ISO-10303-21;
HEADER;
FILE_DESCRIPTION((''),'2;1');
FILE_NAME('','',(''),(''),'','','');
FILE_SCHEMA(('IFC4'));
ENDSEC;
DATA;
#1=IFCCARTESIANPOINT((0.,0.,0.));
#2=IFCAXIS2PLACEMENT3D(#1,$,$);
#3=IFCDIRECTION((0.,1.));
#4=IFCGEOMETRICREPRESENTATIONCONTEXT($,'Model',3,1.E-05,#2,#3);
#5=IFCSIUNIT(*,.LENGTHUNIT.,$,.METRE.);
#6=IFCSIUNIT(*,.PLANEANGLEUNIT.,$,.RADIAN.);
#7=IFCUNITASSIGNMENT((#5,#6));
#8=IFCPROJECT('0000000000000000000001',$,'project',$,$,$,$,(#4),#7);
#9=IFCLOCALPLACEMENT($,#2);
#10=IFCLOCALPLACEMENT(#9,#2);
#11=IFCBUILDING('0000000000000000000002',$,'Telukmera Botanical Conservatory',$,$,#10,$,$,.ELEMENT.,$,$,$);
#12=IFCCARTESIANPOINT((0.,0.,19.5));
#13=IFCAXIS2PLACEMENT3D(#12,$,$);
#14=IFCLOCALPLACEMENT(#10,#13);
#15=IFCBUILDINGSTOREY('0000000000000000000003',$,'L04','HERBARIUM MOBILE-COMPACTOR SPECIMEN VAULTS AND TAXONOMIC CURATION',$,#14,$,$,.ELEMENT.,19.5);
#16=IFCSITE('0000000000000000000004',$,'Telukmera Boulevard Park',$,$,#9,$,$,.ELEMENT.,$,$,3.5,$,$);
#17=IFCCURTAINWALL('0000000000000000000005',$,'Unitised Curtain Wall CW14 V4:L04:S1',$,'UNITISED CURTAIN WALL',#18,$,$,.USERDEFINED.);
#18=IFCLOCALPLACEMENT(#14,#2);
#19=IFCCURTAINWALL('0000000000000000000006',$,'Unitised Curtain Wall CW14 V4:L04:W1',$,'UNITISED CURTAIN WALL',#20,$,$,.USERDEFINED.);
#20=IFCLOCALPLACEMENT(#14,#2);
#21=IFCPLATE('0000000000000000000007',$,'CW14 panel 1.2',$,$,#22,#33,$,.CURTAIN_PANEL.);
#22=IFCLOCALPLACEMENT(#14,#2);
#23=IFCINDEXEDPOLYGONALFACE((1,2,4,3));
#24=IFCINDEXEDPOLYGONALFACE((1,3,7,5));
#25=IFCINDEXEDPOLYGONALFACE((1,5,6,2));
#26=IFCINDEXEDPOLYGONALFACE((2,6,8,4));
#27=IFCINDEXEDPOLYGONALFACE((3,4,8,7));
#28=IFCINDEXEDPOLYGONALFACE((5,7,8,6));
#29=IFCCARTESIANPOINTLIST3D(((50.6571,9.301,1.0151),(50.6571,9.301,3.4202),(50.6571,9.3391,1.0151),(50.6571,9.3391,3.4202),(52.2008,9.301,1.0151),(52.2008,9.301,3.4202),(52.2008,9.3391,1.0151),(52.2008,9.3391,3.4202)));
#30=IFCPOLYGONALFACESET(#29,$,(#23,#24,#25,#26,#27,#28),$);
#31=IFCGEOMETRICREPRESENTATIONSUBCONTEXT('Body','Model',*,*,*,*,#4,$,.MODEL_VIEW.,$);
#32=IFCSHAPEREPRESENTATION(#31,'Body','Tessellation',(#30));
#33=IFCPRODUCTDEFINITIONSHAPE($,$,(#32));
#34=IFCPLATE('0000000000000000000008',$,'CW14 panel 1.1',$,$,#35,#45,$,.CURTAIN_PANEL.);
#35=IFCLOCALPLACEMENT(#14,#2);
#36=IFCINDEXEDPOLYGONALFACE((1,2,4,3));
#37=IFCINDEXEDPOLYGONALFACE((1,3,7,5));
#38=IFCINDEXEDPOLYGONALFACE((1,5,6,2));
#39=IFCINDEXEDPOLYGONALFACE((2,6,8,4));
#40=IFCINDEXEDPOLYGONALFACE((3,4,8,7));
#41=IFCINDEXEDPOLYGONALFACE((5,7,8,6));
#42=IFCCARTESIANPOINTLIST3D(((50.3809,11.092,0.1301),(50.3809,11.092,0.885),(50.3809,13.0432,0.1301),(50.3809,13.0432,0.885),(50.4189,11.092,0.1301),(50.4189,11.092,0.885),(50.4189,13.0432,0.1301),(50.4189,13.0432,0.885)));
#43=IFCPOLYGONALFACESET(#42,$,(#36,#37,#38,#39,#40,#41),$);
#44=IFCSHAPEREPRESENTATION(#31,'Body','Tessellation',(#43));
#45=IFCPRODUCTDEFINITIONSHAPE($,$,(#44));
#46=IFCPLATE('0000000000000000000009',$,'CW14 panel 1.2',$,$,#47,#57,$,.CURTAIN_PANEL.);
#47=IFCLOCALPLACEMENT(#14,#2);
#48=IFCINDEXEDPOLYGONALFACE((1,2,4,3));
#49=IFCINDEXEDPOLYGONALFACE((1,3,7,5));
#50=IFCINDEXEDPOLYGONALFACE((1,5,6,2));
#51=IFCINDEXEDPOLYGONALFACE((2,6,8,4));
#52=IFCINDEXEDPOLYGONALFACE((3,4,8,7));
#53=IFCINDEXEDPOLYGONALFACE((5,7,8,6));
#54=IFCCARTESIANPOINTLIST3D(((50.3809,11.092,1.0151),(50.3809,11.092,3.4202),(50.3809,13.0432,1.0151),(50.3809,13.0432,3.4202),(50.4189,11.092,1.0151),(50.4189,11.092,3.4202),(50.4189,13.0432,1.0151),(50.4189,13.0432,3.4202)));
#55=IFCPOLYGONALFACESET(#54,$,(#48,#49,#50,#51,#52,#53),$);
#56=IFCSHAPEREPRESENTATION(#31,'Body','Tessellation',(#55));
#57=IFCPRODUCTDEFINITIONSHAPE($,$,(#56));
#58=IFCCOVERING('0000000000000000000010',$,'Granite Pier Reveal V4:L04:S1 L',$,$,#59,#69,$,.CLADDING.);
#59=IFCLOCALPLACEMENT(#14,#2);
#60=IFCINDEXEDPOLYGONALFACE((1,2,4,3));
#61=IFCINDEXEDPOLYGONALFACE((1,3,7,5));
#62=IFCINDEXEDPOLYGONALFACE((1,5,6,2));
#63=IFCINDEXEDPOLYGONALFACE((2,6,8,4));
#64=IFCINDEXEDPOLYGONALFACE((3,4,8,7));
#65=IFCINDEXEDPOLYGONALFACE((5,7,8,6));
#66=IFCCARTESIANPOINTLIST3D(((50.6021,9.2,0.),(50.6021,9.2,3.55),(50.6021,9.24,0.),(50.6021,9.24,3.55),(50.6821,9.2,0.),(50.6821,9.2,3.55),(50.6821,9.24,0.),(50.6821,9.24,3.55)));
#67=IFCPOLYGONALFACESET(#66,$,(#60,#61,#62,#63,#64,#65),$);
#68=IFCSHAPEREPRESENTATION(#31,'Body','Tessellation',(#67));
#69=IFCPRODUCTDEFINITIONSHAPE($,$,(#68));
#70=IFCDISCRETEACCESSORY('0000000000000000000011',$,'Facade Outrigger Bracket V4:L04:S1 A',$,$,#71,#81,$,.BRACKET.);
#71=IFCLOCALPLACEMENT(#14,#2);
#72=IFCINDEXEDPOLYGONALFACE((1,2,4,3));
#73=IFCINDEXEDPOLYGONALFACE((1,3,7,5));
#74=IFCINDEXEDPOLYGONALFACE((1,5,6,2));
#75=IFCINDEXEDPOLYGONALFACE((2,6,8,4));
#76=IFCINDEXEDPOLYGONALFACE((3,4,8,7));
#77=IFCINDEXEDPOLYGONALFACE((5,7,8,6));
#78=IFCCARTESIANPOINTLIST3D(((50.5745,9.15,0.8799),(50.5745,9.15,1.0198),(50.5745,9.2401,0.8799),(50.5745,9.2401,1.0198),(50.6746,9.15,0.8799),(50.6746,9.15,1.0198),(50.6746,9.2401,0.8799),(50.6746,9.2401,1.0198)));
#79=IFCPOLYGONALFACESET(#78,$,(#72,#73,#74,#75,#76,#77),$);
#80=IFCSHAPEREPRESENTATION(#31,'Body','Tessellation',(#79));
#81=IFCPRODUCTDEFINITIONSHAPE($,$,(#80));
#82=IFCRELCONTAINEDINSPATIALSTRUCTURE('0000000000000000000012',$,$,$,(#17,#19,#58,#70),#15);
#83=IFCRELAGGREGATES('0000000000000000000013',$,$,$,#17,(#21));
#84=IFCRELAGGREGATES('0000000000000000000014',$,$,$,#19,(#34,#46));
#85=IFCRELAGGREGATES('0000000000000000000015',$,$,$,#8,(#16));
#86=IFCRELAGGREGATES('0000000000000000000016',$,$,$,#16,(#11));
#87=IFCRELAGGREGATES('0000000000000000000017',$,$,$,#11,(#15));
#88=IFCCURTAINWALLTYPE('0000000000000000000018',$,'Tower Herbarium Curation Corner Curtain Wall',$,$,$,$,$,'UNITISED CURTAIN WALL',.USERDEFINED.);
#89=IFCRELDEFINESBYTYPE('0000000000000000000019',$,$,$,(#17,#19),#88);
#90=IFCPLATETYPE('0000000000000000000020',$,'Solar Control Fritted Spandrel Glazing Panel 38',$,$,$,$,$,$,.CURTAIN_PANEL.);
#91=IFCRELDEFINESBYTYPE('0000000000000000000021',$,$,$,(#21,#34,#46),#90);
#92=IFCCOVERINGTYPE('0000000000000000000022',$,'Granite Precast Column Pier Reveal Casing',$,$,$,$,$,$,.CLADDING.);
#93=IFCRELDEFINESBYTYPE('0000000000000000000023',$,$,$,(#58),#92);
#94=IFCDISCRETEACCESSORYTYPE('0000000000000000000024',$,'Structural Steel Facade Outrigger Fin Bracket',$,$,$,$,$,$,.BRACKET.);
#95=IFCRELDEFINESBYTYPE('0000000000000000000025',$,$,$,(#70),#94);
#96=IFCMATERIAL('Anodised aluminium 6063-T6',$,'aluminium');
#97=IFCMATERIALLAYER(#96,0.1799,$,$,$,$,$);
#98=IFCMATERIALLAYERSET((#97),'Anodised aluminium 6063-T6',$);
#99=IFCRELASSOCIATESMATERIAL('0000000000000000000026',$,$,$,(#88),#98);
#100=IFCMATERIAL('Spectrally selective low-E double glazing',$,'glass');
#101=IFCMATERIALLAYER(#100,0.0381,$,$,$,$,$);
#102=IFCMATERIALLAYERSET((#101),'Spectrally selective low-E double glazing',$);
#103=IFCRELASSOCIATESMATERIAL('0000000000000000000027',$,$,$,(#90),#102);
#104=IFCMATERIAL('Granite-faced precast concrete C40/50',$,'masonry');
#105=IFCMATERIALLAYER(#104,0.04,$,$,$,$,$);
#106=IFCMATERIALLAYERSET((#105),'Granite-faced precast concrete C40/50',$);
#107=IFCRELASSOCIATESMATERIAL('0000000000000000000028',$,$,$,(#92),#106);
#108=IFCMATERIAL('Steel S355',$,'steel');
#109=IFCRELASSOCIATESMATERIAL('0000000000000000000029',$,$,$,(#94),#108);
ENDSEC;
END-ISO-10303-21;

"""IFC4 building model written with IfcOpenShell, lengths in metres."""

from ifc_helpers import new_model, si_unit, direction, frame, origin, origin_2d, place, context, subcontext, project, spatial, rectangle, extrude, material, layer, layer_set, type_object, element, aggregate, save


model = new_model("IFC4")

# Units and contexts
model_context = context("Model", 3, precision=1e-05, world=origin(), true_north=direction((0.0, 1.0)))
body_context = subcontext(model_context, "Body", "Model", "MODEL_VIEW")
ifc_project = project(units=[si_unit("LENGTHUNIT", "METRE"), si_unit("PLANEANGLEUNIT", "RADIAN")], contexts=[model_context])

# Site, building, storey
site_placement = place(None, origin())
site = spatial("IfcSite", under=ifc_project, at=site_placement, Name="Telukmera Boulevard Park", CompositionType="ELEMENT", RefElevation=3.5)
building_placement = place(site_placement, origin())
building = spatial("IfcBuilding", under=site, at=building_placement, Name="Telukmera Botanical Conservatory", CompositionType="ELEMENT")
storey_placement = place(building_placement, frame((0.0, 0.0, 19.5)))
storey = spatial("IfcBuildingStorey", under=building, at=storey_placement, Name="L04", Description="HERBARIUM MOBILE-COMPACTOR SPECIMEN VAULTS AND TAXONOMIC CURATION", CompositionType="ELEMENT", Elevation=19.5)

# Curtain walls
ifc_material_1 = material(Name="Anodised aluminium 6063-T6", Category="aluminium")
ifc_layer_1 = layer(ifc_material_1, 0.1799)
ifc_layer_set_1 = layer_set([ifc_layer_1], Name="Anodised aluminium 6063-T6")
curtain_wall_type = type_object("IfcCurtainWallType", Name="Tower Herbarium Curation Corner Curtain Wall", ElementType="UNITISED CURTAIN WALL", PredefinedType="USERDEFINED", material=ifc_layer_set_1)
curtain_wall_1_placement = place(storey_placement, origin())
curtain_wall_1 = element("IfcCurtainWall", 1, at=curtain_wall_1_placement, inside=storey, type_object=curtain_wall_type, Name="Unitised Curtain Wall CW14 V4:L04:S1", ObjectType="UNITISED CURTAIN WALL", PredefinedType="USERDEFINED")
curtain_wall_2_placement = place(storey_placement, origin())
curtain_wall_2 = element("IfcCurtainWall", 2, at=curtain_wall_2_placement, inside=storey, type_object=curtain_wall_type, Name="Unitised Curtain Wall CW14 V4:L04:W1", ObjectType="UNITISED CURTAIN WALL", PredefinedType="USERDEFINED")

# Plates
ifc_material_2 = material(Name="Spectrally selective low-E double glazing", Category="glass")
ifc_layer_2 = layer(ifc_material_2, 0.0381)
ifc_layer_set_2 = layer_set([ifc_layer_2], Name="Spectrally selective low-E double glazing")
plate_type = type_object("IfcPlateType", Name="Solar Control Fritted Spandrel Glazing Panel 38", PredefinedType="CURTAIN_PANEL", material=ifc_layer_set_2)
plate_1_placement = place(storey_placement, frame((51.429, 9.3201, 1.0151), z_axis=(0.0, 0.0, 1.0), x_axis=(1.0, 0.0, 0.0)))
plate_1 = element("IfcPlate", 3, at=plate_1_placement, type_object=plate_type, Name="CW14 panel 1.2", PredefinedType="CURTAIN_PANEL", context=body_context, shape_type="SweptSolid", body=[
    extrude(rectangle(XDim=1.5437, YDim=0.0381, at=origin_2d()), origin(), (0.0, 0.0, 1.0), 2.405),
])
aggregate(curtain_wall_1, [plate_1])
plate_2_placement = place(storey_placement, frame((50.3999, 12.0676, 0.1301), z_axis=(0.0, 0.0, 1.0), x_axis=(0.0, 1.0, 0.0)))
plate_2 = element("IfcPlate", 4, at=plate_2_placement, type_object=plate_type, Name="CW14 panel 1.1", PredefinedType="CURTAIN_PANEL", context=body_context, shape_type="SweptSolid", body=[
    extrude(rectangle(XDim=1.9512, YDim=0.0381, at=origin_2d()), origin(), (0.0, 0.0, 1.0), 0.7549),
])
plate_3_placement = place(storey_placement, frame((50.3999, 12.0676, 1.0151), z_axis=(0.0, 0.0, 1.0), x_axis=(0.0, 1.0, 0.0)))
plate_3 = element("IfcPlate", 5, at=plate_3_placement, type_object=plate_type, Name="CW14 panel 1.2", PredefinedType="CURTAIN_PANEL", context=body_context, shape_type="SweptSolid", body=[
    extrude(rectangle(XDim=1.9512, YDim=0.0381, at=origin_2d()), origin(), (0.0, 0.0, 1.0), 2.405),
])
aggregate(curtain_wall_2, [plate_2, plate_3])

# Covering
ifc_material_3 = material(Name="Granite-faced precast concrete C40/50", Category="masonry")
ifc_layer_3 = layer(ifc_material_3, 0.04)
ifc_layer_set_3 = layer_set([ifc_layer_3], Name="Granite-faced precast concrete C40/50")
covering_type = type_object("IfcCoveringType", Name="Granite Precast Column Pier Reveal Casing", PredefinedType="CLADDING", material=ifc_layer_set_3)
covering_placement = place(storey_placement, frame((50.6421, 9.22, 0.0), z_axis=(0.0, 0.0, 1.0), x_axis=(1.0, 0.0, 0.0)))
element("IfcCovering", 6, at=covering_placement, inside=storey, type_object=covering_type, Name="Granite Pier Reveal V4:L04:S1 L", PredefinedType="CLADDING", context=body_context, shape_type="SweptSolid", body=[
    extrude(rectangle(XDim=0.0801, YDim=0.04, at=origin_2d()), origin(), (0.0, 0.0, 1.0), 3.55),
])

# Discrete accessory
ifc_material_4 = material(Name="Steel S355", Category="steel")
discrete_accessory_type = type_object("IfcDiscreteAccessoryType", Name="Structural Steel Facade Outrigger Fin Bracket", PredefinedType="BRACKET", material=ifc_material_4)
discrete_accessory_placement = place(storey_placement, frame((50.6245, 9.1951, 0.8799), z_axis=(0.0, 0.0, 1.0), x_axis=(1.0, 0.0, 0.0)))
element("IfcDiscreteAccessory", 7, at=discrete_accessory_placement, inside=storey, type_object=discrete_accessory_type, Name="Facade Outrigger Bracket V4:L04:S1 A", PredefinedType="BRACKET", context=body_context, shape_type="SweptSolid", body=[
    extrude(rectangle(XDim=0.1001, YDim=0.0901, at=origin_2d()), origin(), (0.0, 0.0, 1.0), 0.1399),
])

save(model, "model.ifc")
